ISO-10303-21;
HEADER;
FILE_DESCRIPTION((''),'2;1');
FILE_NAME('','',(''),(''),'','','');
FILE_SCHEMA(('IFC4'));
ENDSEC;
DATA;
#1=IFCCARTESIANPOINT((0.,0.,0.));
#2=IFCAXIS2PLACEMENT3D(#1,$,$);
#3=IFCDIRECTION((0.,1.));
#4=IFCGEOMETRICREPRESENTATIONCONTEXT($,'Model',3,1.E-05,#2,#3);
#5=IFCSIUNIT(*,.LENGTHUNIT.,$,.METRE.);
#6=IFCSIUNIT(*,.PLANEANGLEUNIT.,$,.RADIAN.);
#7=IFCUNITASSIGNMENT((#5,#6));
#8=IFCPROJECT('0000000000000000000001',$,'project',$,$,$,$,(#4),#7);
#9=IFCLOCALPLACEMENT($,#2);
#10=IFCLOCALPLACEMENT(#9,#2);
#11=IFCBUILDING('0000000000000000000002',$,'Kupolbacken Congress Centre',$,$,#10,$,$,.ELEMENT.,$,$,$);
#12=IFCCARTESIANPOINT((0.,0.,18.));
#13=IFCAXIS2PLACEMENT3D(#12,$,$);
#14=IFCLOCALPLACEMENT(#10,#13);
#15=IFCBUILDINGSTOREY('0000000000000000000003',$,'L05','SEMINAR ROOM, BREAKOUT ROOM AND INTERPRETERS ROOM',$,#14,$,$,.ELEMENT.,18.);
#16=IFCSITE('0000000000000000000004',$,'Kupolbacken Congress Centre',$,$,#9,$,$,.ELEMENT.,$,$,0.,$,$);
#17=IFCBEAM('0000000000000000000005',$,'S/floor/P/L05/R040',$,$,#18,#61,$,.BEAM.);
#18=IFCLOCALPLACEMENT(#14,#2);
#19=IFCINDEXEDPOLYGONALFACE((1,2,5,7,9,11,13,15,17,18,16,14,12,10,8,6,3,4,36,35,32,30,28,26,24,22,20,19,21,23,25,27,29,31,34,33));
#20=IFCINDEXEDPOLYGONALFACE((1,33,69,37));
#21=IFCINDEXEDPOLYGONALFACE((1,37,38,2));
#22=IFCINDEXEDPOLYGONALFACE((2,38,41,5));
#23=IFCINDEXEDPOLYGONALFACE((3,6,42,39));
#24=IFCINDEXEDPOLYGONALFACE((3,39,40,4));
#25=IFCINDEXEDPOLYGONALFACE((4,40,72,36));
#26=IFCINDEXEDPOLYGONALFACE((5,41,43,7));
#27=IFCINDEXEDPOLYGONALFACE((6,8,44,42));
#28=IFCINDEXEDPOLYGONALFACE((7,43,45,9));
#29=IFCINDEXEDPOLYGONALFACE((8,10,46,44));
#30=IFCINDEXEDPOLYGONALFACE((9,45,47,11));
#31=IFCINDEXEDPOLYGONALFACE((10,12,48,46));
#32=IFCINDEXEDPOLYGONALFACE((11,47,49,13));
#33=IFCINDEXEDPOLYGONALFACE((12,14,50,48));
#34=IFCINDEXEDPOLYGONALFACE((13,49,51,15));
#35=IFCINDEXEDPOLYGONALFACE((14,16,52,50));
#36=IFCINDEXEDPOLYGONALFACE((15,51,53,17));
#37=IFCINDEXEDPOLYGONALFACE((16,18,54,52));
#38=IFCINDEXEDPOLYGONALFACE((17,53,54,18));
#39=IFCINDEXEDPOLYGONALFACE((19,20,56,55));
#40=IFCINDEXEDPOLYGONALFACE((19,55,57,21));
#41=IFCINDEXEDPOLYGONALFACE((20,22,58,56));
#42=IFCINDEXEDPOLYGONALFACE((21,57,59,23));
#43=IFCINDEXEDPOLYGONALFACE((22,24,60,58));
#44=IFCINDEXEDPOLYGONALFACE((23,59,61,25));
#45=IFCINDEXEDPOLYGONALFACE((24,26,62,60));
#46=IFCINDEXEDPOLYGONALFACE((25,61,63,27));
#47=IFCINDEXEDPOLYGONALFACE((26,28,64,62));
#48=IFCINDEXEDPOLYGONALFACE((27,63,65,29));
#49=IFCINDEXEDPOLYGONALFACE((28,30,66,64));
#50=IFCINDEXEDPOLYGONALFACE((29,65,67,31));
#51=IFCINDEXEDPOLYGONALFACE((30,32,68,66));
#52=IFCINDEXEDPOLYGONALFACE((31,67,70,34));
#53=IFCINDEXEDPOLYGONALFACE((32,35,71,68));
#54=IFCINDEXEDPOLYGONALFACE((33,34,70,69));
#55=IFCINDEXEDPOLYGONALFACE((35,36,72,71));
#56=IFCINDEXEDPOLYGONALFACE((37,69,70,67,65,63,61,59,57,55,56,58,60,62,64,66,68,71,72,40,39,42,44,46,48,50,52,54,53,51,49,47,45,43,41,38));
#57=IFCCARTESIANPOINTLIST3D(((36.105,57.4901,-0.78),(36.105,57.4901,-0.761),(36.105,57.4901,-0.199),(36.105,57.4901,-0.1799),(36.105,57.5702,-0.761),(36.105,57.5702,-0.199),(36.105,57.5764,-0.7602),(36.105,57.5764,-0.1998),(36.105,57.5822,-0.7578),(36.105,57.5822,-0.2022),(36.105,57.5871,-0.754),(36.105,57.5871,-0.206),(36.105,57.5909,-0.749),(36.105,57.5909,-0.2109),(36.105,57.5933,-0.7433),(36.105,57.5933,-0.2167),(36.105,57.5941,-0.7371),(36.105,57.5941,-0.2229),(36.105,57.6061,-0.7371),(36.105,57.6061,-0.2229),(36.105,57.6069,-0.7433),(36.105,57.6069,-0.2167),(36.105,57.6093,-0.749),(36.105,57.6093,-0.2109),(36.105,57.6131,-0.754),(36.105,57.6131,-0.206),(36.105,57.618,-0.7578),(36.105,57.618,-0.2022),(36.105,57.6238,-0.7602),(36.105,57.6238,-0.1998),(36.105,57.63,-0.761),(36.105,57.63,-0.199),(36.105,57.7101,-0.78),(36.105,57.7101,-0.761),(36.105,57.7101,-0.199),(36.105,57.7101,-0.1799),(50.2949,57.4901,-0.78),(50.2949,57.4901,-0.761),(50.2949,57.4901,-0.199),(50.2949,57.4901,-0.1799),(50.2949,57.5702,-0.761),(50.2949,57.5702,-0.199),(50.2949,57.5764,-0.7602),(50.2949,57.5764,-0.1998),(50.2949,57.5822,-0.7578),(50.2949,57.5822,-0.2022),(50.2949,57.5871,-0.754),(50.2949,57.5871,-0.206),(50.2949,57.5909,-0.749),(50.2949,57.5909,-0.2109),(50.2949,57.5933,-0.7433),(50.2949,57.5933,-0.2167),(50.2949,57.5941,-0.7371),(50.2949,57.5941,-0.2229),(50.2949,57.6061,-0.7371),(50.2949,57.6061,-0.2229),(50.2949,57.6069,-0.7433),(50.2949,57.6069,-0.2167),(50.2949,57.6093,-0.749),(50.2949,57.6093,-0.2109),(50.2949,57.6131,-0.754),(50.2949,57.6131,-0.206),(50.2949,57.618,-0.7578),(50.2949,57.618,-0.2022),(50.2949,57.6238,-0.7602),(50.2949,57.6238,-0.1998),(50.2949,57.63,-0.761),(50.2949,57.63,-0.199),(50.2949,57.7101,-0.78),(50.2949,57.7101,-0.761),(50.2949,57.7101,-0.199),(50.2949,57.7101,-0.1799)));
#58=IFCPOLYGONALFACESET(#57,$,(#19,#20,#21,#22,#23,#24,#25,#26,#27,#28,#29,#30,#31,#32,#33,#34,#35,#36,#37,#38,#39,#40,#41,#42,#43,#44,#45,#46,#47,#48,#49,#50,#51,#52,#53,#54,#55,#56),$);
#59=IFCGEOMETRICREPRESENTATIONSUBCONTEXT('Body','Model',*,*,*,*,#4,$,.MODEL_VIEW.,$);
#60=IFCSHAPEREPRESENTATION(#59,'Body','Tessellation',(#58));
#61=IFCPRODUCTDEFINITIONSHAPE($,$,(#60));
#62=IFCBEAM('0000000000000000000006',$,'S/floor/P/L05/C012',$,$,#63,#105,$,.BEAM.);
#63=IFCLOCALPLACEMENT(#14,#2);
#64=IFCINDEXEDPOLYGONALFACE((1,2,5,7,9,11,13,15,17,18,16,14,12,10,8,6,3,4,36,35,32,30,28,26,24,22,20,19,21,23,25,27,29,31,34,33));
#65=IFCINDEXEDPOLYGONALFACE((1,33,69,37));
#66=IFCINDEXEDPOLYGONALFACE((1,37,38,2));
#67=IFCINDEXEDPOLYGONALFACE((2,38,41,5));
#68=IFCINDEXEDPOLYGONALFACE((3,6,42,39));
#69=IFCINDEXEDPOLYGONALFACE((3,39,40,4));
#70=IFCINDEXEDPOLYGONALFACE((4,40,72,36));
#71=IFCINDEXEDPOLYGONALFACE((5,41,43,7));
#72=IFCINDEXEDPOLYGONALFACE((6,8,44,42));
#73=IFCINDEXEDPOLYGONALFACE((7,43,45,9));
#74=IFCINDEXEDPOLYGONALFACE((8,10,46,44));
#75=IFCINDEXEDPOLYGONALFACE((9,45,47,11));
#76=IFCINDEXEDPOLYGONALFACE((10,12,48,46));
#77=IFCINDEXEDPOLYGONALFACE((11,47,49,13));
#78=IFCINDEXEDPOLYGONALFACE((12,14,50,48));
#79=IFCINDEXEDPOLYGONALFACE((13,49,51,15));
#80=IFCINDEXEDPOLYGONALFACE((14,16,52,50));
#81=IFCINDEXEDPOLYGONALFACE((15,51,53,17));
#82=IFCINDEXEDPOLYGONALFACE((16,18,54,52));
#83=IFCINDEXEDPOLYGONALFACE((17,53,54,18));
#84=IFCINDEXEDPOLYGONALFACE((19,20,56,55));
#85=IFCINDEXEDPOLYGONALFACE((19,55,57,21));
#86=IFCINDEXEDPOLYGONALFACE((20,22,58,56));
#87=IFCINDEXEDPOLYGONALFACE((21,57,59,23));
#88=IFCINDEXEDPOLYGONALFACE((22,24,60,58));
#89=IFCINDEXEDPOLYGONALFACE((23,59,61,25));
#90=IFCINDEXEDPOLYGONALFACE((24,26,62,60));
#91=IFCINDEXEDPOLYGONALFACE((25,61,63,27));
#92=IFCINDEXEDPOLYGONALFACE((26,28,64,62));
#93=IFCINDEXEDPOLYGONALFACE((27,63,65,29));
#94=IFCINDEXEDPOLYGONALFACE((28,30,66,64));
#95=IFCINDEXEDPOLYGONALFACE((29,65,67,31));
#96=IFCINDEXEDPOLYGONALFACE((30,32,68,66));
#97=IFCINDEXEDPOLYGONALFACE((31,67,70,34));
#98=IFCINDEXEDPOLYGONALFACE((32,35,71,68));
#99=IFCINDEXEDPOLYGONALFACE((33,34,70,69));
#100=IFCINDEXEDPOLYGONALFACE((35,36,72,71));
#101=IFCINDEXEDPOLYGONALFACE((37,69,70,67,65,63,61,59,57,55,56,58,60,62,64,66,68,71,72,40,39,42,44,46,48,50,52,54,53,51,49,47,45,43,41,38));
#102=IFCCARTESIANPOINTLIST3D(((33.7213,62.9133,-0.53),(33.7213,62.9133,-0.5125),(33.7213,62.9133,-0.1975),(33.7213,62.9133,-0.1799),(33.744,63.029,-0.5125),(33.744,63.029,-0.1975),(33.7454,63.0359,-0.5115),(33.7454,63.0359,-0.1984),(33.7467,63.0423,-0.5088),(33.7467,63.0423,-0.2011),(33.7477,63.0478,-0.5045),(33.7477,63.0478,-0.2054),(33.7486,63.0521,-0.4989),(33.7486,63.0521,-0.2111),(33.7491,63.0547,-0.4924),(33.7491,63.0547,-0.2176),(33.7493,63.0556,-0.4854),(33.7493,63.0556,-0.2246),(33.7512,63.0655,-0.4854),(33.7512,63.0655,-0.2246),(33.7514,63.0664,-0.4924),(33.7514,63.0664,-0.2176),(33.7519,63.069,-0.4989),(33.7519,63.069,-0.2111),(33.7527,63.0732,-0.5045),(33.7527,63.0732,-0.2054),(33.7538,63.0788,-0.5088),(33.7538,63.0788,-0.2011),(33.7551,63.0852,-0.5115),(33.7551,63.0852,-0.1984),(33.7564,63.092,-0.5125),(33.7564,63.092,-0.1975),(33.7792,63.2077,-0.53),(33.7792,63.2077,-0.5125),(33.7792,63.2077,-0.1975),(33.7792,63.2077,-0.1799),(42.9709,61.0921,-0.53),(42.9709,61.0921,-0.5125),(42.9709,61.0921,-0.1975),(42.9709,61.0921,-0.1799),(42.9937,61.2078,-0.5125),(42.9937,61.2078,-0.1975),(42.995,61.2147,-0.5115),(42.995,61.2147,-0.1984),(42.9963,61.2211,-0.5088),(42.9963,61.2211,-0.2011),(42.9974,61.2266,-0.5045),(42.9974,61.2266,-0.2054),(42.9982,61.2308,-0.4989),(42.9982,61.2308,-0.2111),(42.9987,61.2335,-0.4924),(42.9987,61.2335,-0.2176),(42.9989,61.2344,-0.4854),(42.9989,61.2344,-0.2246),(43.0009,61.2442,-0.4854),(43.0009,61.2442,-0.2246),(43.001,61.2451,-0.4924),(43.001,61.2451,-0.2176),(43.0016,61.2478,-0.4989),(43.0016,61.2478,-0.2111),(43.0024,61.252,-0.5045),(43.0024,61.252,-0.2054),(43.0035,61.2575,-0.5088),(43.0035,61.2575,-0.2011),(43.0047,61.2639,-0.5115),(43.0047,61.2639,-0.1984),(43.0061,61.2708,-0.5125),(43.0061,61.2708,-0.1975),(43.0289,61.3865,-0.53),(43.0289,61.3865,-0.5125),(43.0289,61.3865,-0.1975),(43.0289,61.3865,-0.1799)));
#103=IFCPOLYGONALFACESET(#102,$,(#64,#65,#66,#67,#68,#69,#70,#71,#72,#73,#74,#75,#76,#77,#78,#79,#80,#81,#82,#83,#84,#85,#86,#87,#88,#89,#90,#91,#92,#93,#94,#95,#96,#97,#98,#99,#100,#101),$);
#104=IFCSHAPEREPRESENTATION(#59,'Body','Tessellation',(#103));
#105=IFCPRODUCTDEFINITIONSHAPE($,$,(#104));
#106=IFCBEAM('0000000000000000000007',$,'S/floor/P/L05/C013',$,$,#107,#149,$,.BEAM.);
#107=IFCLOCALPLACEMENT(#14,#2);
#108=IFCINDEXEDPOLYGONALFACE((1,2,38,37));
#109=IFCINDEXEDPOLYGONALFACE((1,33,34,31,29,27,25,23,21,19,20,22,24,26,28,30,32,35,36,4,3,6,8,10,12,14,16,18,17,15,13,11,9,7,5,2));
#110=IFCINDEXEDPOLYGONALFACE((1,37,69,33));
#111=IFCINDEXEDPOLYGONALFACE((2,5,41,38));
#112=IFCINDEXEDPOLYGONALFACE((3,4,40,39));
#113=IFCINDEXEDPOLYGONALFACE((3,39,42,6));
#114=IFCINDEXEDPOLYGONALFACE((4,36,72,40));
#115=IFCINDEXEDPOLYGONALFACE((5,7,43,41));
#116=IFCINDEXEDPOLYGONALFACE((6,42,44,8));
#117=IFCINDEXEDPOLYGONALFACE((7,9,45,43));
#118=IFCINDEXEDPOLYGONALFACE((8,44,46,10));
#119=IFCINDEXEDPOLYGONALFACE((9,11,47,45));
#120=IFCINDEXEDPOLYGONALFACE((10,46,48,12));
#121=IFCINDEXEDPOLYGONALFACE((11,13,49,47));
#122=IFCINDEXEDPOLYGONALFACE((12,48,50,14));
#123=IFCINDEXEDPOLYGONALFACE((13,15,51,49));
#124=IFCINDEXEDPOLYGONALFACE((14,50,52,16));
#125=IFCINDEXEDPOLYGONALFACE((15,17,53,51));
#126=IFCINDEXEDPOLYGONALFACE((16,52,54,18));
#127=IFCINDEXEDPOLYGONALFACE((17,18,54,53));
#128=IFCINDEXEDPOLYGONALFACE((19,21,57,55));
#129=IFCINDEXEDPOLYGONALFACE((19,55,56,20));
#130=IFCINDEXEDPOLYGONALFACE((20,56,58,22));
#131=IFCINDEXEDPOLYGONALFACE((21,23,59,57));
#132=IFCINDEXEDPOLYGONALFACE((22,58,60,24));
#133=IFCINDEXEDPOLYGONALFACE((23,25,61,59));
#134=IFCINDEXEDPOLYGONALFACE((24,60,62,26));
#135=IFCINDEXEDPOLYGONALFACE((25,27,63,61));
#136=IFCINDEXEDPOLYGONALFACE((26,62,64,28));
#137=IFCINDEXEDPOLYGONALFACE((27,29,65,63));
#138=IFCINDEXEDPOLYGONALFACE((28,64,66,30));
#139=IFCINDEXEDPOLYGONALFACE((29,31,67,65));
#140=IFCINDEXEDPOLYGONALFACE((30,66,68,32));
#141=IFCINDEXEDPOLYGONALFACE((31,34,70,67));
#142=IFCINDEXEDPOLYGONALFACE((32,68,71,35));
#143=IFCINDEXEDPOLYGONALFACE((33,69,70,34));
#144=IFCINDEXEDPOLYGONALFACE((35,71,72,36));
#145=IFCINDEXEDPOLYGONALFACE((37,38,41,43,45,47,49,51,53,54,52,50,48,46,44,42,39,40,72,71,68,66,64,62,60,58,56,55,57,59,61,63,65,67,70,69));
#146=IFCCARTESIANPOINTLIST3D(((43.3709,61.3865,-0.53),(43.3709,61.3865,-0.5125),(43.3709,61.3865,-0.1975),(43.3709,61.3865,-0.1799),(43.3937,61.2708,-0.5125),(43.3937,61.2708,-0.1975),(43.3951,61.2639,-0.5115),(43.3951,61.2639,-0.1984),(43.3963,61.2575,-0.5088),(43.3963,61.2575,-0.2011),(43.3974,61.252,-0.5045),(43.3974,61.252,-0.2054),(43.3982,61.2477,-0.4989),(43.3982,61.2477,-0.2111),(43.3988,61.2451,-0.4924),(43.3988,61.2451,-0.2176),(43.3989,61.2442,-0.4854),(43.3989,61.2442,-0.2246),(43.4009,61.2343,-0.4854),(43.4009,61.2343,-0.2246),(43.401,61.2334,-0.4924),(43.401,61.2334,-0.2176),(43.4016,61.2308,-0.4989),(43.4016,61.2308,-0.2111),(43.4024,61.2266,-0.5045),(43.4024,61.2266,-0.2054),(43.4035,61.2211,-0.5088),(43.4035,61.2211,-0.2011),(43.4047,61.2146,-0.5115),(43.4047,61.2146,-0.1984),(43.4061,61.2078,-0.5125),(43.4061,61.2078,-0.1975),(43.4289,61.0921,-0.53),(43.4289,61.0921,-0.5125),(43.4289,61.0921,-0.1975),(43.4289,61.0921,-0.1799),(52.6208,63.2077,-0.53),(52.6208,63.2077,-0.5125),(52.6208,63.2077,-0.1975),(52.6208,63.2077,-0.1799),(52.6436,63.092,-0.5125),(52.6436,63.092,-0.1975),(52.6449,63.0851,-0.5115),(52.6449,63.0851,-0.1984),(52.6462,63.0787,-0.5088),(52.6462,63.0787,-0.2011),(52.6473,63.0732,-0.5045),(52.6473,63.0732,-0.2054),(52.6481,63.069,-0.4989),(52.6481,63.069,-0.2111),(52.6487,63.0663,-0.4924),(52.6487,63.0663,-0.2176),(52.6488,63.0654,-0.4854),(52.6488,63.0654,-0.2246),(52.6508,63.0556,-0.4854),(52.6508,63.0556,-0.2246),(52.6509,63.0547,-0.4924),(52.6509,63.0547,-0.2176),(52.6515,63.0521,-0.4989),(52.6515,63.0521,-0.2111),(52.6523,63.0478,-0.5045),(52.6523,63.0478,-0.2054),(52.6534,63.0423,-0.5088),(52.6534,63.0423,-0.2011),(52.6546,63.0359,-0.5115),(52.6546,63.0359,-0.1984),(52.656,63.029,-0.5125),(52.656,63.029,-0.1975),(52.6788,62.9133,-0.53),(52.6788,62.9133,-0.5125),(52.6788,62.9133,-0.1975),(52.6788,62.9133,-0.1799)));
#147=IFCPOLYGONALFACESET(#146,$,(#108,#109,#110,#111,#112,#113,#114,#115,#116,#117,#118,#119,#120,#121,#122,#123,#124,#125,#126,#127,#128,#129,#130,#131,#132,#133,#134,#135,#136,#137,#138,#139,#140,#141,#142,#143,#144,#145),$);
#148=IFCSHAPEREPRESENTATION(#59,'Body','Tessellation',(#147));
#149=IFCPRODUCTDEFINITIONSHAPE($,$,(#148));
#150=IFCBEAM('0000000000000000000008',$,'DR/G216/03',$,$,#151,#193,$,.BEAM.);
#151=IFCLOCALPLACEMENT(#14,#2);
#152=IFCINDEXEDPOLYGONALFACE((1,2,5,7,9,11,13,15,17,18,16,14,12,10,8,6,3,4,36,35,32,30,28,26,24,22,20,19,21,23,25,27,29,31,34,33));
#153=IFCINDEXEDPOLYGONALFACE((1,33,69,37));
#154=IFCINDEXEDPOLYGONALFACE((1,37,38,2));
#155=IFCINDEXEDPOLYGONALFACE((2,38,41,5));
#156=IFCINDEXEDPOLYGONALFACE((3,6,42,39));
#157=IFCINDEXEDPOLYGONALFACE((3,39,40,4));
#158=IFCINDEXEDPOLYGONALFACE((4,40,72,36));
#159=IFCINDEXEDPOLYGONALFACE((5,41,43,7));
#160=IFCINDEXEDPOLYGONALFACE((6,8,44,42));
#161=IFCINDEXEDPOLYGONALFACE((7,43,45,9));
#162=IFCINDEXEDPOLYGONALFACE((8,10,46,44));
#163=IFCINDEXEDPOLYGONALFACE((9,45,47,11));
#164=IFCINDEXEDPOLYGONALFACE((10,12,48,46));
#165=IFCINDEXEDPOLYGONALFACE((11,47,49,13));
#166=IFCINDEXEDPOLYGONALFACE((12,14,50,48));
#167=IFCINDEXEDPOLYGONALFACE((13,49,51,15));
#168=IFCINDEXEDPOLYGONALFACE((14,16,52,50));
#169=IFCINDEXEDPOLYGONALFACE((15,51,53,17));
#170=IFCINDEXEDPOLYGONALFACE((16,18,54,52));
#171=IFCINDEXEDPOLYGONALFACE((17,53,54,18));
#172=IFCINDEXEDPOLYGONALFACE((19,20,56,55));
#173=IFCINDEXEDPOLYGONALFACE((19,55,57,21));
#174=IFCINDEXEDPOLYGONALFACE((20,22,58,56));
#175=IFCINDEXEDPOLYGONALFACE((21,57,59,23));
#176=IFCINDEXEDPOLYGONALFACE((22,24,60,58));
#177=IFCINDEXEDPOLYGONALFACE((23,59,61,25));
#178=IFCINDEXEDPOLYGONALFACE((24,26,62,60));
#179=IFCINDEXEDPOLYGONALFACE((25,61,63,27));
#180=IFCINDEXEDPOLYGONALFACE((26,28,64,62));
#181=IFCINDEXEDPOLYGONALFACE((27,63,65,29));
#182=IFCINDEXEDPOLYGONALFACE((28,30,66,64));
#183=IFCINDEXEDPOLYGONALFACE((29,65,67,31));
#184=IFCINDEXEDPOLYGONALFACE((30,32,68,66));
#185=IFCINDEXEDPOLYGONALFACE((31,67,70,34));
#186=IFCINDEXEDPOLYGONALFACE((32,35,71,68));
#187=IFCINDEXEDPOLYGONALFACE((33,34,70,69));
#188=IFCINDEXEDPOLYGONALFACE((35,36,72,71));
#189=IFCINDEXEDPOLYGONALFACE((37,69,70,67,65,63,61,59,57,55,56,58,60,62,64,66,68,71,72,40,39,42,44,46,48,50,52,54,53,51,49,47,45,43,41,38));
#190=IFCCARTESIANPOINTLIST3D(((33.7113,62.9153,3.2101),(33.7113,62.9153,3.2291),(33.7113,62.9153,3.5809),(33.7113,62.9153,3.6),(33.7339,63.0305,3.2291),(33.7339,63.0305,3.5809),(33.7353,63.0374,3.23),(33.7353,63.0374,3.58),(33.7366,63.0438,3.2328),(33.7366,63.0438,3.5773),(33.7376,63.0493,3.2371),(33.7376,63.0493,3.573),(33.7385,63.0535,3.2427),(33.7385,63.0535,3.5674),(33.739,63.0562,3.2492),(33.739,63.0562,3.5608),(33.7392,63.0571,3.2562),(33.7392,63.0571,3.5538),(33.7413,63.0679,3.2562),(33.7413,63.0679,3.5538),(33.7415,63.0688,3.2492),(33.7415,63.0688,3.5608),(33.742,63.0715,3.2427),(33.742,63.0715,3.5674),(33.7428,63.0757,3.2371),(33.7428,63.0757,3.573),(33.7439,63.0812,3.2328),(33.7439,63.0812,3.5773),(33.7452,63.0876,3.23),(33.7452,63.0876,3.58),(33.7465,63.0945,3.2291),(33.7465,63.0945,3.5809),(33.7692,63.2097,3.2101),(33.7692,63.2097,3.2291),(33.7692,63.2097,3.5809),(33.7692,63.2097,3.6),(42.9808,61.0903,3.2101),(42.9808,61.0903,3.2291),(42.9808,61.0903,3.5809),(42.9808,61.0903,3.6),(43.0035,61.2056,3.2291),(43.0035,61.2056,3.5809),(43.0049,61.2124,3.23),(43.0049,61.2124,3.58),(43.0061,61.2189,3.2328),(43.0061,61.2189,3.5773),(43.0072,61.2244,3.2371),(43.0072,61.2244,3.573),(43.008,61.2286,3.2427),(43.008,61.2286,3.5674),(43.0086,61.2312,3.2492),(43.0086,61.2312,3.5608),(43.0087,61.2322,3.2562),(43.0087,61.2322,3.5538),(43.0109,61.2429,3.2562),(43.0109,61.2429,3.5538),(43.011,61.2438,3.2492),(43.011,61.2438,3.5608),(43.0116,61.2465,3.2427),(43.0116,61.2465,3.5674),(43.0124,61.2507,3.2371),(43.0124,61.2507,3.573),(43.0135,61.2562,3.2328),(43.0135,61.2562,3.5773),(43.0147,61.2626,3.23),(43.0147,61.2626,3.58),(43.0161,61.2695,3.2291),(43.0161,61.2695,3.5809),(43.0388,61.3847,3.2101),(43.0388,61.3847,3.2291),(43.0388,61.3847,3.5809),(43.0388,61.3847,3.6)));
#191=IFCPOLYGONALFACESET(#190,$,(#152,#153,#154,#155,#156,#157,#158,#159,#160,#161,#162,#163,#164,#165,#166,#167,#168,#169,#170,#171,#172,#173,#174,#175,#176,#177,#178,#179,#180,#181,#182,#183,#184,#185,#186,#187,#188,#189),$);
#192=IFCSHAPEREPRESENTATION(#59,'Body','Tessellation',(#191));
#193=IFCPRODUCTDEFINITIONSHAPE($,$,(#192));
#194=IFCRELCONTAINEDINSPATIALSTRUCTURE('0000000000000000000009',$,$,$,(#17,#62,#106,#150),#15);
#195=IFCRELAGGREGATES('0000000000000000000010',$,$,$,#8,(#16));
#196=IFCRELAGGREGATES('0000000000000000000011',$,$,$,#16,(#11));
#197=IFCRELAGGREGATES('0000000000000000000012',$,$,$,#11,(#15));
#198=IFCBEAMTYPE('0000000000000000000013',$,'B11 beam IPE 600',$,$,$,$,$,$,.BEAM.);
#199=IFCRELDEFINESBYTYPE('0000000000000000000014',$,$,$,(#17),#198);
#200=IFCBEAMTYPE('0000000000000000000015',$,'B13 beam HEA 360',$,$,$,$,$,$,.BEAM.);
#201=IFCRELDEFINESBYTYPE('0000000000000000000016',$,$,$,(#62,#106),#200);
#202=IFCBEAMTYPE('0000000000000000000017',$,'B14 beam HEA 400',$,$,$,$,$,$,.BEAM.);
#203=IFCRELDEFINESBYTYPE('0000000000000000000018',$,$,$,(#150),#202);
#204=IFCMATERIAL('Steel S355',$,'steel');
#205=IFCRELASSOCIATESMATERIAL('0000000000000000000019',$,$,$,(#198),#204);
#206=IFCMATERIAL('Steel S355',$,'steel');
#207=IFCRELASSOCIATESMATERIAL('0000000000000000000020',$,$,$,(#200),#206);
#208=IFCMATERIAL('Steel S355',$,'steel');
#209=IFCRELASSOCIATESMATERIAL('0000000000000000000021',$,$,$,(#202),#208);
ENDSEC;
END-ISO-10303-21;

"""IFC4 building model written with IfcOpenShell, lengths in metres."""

from ifc_helpers import new_model, si_unit, direction, frame, origin, origin_2d, place, context, subcontext, project, spatial, i_section, extrude, material, material_profile, profile_set, type_object, element, save


model = new_model("IFC4")

# Units and contexts
model_context = context("Model", 3, precision=1e-05, world=origin(), true_north=direction((0.0, 1.0)))
body_context = subcontext(model_context, "Body", "Model", "MODEL_VIEW")
ifc_project = project(units=[si_unit("LENGTHUNIT", "METRE"), si_unit("PLANEANGLEUNIT", "RADIAN")], contexts=[model_context])

# Site, building, storey
site_placement = place(None, origin())
site = spatial("IfcSite", under=ifc_project, at=site_placement, Name="Kupolbacken Congress Centre", CompositionType="ELEMENT", RefElevation=0.0)
building_placement = place(site_placement, origin())
building = spatial("IfcBuilding", under=site, at=building_placement, Name="Kupolbacken Congress Centre", CompositionType="ELEMENT")
storey_placement = place(building_placement, frame((0.0, 0.0, 18.0)))
storey = spatial("IfcBuildingStorey", under=building, at=storey_placement, Name="L05", Description="SEMINAR ROOM, BREAKOUT ROOM AND INTERPRETERS ROOM", CompositionType="ELEMENT", Elevation=18.0)

# Beams
ifc_material_1 = material(Name="Steel S355", Category="steel")
ifc_material_profile_1 = material_profile(ifc_material_1, i_section(OverallWidth=0.22, OverallDepth=0.6001, WebThickness=0.012, FlangeThickness=0.019, FilletRadius=0.0239, at=origin_2d()), Name="IPE 600")
ifc_profile_set_1 = profile_set([ifc_material_profile_1], Name="Steel S355")
beam_type_1 = type_object("IfcBeamType", Name="B11 beam IPE 600", PredefinedType="BEAM", material=ifc_profile_set_1)
beam_1_placement = place(storey_placement, frame((36.105, 57.6001, -0.48), z_axis=(1.0, 0.0, 0.0), x_axis=(0.0, 1.0, 0.0)))
element("IfcBeam", 1, at=beam_1_placement, inside=storey, type_object=beam_type_1, Name="S/floor/P/L05/R040", PredefinedType="BEAM", context=body_context, shape_type="SweptSolid", body=[
    extrude(i_section(OverallWidth=0.22, OverallDepth=0.6001, WebThickness=0.012, FlangeThickness=0.019, FilletRadius=0.0239, at=origin_2d()), origin(), (0.0, 0.0, 1.0), 14.1899),
])
ifc_material_2 = material(Name="Steel S355", Category="steel")
ifc_material_profile_2 = material_profile(ifc_material_2, i_section(OverallWidth=0.3, OverallDepth=0.3501, WebThickness=0.01, FlangeThickness=0.0176, FilletRadius=0.0271, at=origin_2d()), Name="HEA 360")
ifc_profile_set_2 = profile_set([ifc_material_profile_2], Name="Steel S355")
beam_type_2 = type_object("IfcBeamType", Name="B13 beam HEA 360", PredefinedType="BEAM", material=ifc_profile_set_2)
beam_2_placement = place(storey_placement, frame((33.7502, 63.0605, -0.355), z_axis=(0.981161, -0.193192, 0.0), x_axis=(0.193192, 0.981161, 0.0)))
element("IfcBeam", 2, at=beam_2_placement, inside=storey, type_object=beam_type_2, Name="S/floor/P/L05/C012", PredefinedType="BEAM", context=body_context, shape_type="SweptSolid", body=[
    extrude(i_section(OverallWidth=0.3, OverallDepth=0.3501, WebThickness=0.01, FlangeThickness=0.0176, FilletRadius=0.0271, at=origin_2d()), origin(), (0.0, 0.0, 1.0), 9.4272),
])
beam_3_placement = place(storey_placement, frame((43.3999, 61.2393, -0.355), z_axis=(0.981162, 0.193187, 0.0), x_axis=(-0.193187, 0.981162, 0.0)))
element("IfcBeam", 3, at=beam_3_placement, inside=storey, type_object=beam_type_2, Name="S/floor/P/L05/C013", PredefinedType="BEAM", context=body_context, shape_type="SweptSolid", body=[
    extrude(i_section(OverallWidth=0.3, OverallDepth=0.3501, WebThickness=0.01, FlangeThickness=0.0176, FilletRadius=0.0271, at=origin_2d()), origin(), (0.0, 0.0, 1.0), 9.4275),
])
ifc_material_3 = material(Name="Steel S355", Category="steel")
ifc_material_profile_3 = material_profile(ifc_material_3, i_section(OverallWidth=0.3, OverallDepth=0.3899, WebThickness=0.011, FlangeThickness=0.019, FilletRadius=0.0271, at=origin_2d()), Name="HEA 400")
ifc_profile_set_3 = profile_set([ifc_material_profile_3], Name="Steel S355")
beam_type_3 = type_object("IfcBeamType", Name="B14 beam HEA 400", PredefinedType="BEAM", material=ifc_profile_set_3)
for number, where, z_axis, x_axis, name in (
    (4, (33.7402, 63.0625, 3.405), (0.981166, -0.193168, 0.0), (0.193168, 0.981166, 0.0), "DR/G216/03"),
):
    element("IfcBeam", number, at=place(storey_placement, frame(where, z_axis=z_axis, x_axis=x_axis)), inside=storey, type_object=beam_type_3, Name=name, PredefinedType="BEAM", context=body_context, shape_type="SweptSolid", body=[
        extrude(i_section(OverallWidth=0.3, OverallDepth=0.3899, WebThickness=0.011, FlangeThickness=0.019, FilletRadius=0.0271, at=origin_2d()), origin(), (0.0, 0.0, 1.0), 9.4475),
    ])

save(model, "model.ifc")
